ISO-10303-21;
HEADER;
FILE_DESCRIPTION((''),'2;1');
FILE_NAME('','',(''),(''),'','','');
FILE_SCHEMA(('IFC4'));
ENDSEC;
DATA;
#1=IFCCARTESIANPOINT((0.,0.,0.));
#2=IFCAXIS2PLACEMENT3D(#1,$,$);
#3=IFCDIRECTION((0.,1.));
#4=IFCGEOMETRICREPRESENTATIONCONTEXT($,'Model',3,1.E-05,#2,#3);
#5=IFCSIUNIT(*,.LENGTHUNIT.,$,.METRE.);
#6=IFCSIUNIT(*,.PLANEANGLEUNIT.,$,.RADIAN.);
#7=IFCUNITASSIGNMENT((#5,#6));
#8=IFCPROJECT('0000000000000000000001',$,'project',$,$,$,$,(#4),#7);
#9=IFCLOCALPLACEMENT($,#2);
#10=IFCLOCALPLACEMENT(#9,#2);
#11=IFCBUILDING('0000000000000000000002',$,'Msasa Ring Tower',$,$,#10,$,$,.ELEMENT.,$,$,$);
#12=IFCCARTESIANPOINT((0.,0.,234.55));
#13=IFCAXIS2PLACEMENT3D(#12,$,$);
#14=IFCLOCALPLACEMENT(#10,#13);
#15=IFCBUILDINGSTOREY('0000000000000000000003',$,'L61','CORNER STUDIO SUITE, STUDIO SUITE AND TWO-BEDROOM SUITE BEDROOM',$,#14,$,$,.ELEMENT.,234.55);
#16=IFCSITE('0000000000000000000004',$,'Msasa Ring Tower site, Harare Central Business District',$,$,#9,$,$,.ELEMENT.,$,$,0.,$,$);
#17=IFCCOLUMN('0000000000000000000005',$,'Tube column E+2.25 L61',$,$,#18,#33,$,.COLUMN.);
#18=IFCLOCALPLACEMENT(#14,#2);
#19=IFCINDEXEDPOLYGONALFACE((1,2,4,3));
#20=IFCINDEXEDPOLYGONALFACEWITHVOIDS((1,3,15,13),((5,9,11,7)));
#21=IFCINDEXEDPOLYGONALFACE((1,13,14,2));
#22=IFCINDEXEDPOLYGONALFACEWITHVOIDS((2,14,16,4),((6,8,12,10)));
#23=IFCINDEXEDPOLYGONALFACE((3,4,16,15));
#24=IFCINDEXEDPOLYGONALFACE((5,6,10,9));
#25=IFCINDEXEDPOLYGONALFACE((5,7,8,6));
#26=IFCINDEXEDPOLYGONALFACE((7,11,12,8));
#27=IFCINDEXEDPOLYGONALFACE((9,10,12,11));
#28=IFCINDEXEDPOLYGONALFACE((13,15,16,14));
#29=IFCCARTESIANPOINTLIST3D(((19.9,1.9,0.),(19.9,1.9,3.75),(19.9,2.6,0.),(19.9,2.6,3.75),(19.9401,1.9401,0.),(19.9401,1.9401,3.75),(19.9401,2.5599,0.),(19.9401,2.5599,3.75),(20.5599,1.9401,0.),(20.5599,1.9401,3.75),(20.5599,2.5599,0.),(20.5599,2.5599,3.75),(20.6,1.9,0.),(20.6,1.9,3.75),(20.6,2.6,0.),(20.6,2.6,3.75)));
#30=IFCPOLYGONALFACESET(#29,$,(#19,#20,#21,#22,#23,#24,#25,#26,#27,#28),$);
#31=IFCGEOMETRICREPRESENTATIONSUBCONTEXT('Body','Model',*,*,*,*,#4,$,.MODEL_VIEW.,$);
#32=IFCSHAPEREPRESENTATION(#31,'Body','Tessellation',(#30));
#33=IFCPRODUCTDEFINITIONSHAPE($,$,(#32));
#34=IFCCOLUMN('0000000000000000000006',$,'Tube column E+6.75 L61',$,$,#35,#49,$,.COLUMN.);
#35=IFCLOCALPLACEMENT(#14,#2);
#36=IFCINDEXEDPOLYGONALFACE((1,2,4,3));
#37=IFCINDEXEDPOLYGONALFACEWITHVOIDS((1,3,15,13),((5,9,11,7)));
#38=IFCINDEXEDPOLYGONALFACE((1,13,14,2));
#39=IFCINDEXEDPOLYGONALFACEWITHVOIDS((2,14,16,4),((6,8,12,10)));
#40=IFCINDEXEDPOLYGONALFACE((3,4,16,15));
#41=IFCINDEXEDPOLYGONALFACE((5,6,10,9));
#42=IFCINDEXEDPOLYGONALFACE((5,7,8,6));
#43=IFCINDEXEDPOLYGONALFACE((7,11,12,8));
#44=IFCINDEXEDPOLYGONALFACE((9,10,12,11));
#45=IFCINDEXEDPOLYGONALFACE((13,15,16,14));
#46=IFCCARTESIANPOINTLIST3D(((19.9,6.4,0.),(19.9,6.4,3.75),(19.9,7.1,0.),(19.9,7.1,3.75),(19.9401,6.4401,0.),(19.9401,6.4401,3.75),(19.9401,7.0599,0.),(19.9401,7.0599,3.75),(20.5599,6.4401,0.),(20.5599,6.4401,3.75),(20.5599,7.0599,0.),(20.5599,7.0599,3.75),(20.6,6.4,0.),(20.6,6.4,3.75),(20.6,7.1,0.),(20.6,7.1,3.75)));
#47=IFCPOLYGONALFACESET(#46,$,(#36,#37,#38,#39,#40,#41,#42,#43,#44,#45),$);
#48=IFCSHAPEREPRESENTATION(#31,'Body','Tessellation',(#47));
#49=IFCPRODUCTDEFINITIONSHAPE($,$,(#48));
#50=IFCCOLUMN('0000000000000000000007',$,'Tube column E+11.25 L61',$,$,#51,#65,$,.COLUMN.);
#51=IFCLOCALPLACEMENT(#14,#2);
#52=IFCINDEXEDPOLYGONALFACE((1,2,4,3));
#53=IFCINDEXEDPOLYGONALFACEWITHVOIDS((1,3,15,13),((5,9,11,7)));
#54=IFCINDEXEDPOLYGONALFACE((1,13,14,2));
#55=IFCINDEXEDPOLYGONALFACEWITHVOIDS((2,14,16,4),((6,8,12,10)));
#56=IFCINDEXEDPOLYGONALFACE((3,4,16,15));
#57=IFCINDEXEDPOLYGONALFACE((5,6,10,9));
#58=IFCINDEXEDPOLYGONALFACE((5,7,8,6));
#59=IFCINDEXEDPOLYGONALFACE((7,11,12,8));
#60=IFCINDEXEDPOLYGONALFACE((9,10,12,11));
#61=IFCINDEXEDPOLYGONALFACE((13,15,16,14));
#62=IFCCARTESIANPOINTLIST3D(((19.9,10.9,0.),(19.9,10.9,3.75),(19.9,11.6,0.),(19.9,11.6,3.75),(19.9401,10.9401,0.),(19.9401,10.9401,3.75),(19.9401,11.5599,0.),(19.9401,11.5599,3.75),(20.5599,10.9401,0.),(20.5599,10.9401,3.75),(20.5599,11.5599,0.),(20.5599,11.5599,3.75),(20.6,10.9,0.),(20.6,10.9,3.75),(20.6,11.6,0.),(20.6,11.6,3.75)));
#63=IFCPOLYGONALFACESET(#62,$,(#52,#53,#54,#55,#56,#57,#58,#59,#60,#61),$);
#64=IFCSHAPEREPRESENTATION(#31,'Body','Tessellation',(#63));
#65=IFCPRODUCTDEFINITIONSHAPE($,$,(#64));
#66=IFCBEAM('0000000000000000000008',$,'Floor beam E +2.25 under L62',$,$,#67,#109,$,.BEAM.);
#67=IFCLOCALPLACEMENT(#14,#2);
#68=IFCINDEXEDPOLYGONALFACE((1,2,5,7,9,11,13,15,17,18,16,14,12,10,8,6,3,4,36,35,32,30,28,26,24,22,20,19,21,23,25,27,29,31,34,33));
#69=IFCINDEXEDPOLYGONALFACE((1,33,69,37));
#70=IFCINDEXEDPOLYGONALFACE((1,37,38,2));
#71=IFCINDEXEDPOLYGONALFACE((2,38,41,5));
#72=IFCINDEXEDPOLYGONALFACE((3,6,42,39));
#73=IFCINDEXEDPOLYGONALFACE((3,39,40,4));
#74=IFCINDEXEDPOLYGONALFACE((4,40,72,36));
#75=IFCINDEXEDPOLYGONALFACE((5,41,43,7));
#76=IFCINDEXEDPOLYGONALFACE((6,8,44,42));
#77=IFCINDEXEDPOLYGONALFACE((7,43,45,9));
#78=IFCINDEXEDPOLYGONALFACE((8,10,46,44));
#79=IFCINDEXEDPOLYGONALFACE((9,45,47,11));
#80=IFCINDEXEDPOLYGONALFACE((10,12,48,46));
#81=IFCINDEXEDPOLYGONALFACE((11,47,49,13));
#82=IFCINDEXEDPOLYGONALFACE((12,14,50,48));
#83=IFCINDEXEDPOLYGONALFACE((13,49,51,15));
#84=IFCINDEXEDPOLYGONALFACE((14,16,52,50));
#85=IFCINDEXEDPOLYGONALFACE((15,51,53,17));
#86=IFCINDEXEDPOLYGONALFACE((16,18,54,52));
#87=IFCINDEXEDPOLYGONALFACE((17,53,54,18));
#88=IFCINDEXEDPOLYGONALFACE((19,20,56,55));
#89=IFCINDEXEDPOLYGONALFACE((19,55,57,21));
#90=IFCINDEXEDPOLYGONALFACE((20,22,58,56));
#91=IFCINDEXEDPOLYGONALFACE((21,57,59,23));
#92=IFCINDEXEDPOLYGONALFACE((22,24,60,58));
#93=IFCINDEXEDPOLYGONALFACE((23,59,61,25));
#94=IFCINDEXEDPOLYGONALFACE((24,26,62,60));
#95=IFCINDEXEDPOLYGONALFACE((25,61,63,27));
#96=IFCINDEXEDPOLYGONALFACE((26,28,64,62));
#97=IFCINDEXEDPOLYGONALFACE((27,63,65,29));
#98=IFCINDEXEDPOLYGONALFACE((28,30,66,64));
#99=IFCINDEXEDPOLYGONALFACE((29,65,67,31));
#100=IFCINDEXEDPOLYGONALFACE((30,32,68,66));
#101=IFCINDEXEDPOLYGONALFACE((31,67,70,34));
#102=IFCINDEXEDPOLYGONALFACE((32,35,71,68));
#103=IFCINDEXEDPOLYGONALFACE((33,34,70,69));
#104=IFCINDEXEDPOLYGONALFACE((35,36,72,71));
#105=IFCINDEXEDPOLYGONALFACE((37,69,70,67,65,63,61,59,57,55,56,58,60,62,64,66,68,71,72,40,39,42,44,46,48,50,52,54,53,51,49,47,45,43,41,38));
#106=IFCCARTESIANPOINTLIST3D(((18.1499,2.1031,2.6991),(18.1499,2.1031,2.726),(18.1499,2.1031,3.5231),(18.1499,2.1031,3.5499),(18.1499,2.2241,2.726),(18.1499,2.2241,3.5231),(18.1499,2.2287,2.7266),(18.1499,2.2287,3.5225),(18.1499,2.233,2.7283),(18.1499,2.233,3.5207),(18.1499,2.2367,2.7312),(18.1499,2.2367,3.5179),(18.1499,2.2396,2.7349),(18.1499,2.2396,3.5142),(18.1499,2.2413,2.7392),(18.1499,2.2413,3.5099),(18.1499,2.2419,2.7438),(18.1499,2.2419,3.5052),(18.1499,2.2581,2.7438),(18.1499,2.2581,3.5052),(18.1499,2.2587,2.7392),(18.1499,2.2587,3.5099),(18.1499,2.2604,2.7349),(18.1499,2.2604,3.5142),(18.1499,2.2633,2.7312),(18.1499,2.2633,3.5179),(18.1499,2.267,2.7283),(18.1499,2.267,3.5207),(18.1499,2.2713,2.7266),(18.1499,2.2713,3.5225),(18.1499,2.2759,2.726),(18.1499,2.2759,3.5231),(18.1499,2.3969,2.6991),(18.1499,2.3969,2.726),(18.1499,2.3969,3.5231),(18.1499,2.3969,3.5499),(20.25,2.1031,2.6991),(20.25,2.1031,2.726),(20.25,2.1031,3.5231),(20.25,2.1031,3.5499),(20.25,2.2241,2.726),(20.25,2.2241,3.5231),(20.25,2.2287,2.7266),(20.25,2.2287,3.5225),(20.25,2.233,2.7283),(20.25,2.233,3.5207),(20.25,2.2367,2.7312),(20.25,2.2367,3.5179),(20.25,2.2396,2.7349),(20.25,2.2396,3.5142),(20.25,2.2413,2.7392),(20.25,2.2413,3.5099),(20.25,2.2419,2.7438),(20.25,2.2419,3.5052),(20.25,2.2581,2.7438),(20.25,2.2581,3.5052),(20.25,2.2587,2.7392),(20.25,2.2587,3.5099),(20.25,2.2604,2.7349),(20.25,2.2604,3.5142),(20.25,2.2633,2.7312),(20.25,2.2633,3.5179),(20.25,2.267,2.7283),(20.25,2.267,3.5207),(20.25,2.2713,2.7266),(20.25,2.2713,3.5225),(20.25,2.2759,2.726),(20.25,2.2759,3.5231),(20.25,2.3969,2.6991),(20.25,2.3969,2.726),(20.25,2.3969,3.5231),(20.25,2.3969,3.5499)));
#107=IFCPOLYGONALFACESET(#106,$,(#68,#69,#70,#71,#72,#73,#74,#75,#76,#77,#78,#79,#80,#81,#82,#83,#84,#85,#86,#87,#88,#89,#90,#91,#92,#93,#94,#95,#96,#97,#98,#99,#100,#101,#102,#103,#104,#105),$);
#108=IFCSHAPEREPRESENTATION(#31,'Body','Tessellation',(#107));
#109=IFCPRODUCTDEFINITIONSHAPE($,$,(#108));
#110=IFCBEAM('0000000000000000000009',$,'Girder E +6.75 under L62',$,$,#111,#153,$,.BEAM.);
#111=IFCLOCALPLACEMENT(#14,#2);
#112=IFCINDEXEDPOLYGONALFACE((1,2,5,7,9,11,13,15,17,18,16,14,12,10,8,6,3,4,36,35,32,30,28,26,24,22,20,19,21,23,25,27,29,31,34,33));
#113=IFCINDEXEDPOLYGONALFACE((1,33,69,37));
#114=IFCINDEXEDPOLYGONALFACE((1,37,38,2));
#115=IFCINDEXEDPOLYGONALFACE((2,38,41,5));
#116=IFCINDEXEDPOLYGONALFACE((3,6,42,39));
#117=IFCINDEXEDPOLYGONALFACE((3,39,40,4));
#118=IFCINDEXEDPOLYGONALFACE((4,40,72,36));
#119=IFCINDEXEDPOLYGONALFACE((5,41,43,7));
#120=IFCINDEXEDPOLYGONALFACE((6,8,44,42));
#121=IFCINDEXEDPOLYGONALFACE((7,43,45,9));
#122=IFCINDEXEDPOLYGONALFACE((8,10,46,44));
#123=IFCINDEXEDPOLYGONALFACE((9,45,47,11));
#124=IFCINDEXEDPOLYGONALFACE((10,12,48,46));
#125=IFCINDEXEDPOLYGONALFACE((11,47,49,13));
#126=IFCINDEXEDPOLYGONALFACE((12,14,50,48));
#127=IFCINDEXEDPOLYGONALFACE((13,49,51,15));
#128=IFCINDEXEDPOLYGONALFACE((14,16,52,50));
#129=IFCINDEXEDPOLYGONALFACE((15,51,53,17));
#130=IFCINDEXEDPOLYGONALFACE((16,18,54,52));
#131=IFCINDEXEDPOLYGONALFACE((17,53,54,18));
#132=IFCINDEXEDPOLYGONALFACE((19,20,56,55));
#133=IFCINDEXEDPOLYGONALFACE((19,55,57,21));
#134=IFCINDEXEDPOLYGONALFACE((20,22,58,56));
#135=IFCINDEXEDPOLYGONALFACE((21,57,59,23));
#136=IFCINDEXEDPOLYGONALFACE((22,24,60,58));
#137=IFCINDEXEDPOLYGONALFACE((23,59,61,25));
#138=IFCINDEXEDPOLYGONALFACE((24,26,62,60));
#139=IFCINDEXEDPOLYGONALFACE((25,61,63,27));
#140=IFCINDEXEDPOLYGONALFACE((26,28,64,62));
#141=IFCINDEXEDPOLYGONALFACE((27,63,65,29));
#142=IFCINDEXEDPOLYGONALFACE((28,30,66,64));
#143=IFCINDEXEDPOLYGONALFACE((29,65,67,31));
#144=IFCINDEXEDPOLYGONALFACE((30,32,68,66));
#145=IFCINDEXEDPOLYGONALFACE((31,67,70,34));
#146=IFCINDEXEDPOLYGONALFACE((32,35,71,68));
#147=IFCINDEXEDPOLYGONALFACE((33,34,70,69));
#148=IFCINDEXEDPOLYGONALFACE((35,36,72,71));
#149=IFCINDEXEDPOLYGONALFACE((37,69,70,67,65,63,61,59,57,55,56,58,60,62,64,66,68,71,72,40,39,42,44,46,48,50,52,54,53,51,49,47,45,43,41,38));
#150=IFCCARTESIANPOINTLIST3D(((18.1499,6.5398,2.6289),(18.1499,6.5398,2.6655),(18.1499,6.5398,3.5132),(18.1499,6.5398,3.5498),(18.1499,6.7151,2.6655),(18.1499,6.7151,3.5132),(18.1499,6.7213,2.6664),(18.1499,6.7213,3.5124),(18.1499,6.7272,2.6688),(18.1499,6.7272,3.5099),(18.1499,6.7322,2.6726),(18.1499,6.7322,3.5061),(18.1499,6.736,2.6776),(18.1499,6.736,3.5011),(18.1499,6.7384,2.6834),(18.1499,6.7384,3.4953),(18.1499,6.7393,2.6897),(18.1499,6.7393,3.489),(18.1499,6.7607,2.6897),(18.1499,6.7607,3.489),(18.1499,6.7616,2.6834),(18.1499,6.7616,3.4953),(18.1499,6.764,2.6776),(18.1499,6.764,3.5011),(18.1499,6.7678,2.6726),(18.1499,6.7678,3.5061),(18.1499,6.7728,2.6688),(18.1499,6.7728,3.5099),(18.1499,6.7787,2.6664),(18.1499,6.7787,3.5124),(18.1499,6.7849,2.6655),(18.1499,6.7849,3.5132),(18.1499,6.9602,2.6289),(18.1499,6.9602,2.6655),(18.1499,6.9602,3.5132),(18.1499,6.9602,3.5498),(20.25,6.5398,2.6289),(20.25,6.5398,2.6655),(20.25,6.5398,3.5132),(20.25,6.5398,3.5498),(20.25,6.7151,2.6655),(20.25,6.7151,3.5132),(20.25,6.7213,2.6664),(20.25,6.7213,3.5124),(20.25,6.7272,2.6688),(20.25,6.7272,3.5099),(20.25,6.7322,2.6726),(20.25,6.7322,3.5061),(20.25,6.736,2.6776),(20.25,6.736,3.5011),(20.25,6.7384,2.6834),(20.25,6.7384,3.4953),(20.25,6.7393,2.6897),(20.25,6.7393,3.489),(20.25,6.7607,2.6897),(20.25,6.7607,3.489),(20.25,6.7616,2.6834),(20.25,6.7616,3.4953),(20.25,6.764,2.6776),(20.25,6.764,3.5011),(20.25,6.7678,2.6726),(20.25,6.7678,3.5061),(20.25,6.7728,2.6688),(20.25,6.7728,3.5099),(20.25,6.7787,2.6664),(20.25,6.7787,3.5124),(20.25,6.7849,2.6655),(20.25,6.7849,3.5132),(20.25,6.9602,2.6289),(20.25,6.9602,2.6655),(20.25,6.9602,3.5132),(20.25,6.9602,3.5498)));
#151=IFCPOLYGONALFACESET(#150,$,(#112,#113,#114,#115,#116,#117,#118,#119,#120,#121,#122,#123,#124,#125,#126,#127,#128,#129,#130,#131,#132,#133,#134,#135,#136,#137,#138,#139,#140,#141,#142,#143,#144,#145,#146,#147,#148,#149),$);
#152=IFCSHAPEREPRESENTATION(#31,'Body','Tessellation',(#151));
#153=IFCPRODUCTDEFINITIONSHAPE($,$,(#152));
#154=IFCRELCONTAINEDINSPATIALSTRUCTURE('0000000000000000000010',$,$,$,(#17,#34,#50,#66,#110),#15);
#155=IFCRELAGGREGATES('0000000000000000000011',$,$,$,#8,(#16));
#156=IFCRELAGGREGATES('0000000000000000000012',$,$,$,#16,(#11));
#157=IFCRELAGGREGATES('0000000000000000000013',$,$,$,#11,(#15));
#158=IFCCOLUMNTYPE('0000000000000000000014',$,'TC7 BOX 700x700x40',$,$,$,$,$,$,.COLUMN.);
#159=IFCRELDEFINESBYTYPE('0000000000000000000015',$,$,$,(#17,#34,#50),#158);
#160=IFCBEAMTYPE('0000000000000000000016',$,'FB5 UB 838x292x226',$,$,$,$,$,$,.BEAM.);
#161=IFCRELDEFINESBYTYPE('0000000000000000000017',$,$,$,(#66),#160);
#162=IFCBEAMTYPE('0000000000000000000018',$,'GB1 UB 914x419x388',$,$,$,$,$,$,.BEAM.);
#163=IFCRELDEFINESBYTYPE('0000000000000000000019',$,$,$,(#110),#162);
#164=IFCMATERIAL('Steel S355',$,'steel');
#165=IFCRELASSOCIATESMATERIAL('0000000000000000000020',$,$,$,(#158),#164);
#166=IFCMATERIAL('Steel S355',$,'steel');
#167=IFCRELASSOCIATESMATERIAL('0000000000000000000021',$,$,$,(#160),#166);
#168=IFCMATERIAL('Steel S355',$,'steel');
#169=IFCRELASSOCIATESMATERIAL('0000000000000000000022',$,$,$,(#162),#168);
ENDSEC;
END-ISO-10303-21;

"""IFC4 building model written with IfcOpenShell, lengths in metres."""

from ifc_helpers import new_model, si_unit, direction, frame, origin, origin_2d, place, context, subcontext, project, spatial, hollow_rectangle, i_section, extrude, material, material_profile, profile_set, type_object, element, save


model = new_model("IFC4")

# Units and contexts
model_context = context("Model", 3, precision=1e-05, world=origin(), true_north=direction((0.0, 1.0)))
body_context = subcontext(model_context, "Body", "Model", "MODEL_VIEW")
ifc_project = project(units=[si_unit("LENGTHUNIT", "METRE"), si_unit("PLANEANGLEUNIT", "RADIAN")], contexts=[model_context])

# Site, building, storey
site_placement = place(None, origin())
site = spatial("IfcSite", under=ifc_project, at=site_placement, Name="Msasa Ring Tower site, Harare Central Business District", CompositionType="ELEMENT", RefElevation=0.0)
building_placement = place(site_placement, origin())
building = spatial("IfcBuilding", under=site, at=building_placement, Name="Msasa Ring Tower", CompositionType="ELEMENT")
storey_placement = place(building_placement, frame((0.0, 0.0, 234.55)))
storey = spatial("IfcBuildingStorey", under=building, at=storey_placement, Name="L61", Description="CORNER STUDIO SUITE, STUDIO SUITE AND TWO-BEDROOM SUITE BEDROOM", CompositionType="ELEMENT", Elevation=234.55)

# Columns
ifc_material_1 = material(Name="Steel S355", Category="steel")
ifc_material_profile_1 = material_profile(ifc_material_1, hollow_rectangle(XDim=0.7, YDim=0.7, WallThickness=0.04, at=origin_2d()), Name="BOX 700x700x40")
ifc_profile_set_1 = profile_set([ifc_material_profile_1], Name="Steel S355")
column_type = type_object("IfcColumnType", Name="TC7 BOX 700x700x40", PredefinedType="COLUMN", material=ifc_profile_set_1)
for number, where, z_axis, x_axis, name in (
    (1, (20.25, 2.25, 0.0), (0.0, 0.0, 1.0), (1.0, 0.0, 0.0), "Tube column E+2.25 L61"),
    (2, (20.25, 6.75, 0.0), (0.0, 0.0, 1.0), (1.0, 0.0, 0.0), "Tube column E+6.75 L61"),
    (3, (20.25, 11.25, 0.0), (0.0, 0.0, 1.0), (1.0, 0.0, 0.0), "Tube column E+11.25 L61"),
):
    element("IfcColumn", number, at=place(storey_placement, frame(where, z_axis=z_axis, x_axis=x_axis)), inside=storey, type_object=column_type, Name=name, PredefinedType="COLUMN", context=body_context, shape_type="SweptSolid", body=[
        extrude(hollow_rectangle(XDim=0.7, YDim=0.7, WallThickness=0.04, at=origin_2d()), origin(), (0.0, 0.0, 1.0), 3.75),
    ])

# Beams
ifc_material_2 = material(Name="Steel S355", Category="steel")
ifc_material_profile_2 = material_profile(ifc_material_2, i_section(OverallWidth=0.2937, OverallDepth=0.8508, WebThickness=0.0161, FlangeThickness=0.0269, FilletRadius=0.0178, at=origin_2d()), Name="UB 838x292x226")
ifc_profile_set_2 = profile_set([ifc_material_profile_2], Name="Steel S355")
beam_type_1 = type_object("IfcBeamType", Name="FB5 UB 838x292x226", PredefinedType="BEAM", material=ifc_profile_set_2)
beam_1_placement = place(storey_placement, frame((20.25, 2.25, 3.1245), z_axis=(-1.0, 0.0, 0.0), x_axis=(0.0, -1.0, 0.0)))
element("IfcBeam", 4, at=beam_1_placement, inside=storey, type_object=beam_type_1, Name="Floor beam E +2.25 under L62", PredefinedType="BEAM", context=body_context, shape_type="SweptSolid", body=[
    extrude(i_section(OverallWidth=0.2937, OverallDepth=0.8508, WebThickness=0.0161, FlangeThickness=0.0269, FilletRadius=0.0178, at=origin_2d()), origin(), (0.0, 0.0, 1.0), 2.1001),
])
ifc_material_3 = material(Name="Steel S355", Category="steel")
ifc_material_profile_3 = material_profile(ifc_material_3, i_section(OverallWidth=0.4204, OverallDepth=0.9209, WebThickness=0.0215, FlangeThickness=0.0366, FilletRadius=0.0242, at=origin_2d()), Name="UB 914x419x388")
ifc_profile_set_3 = profile_set([ifc_material_profile_3], Name="Steel S355")
beam_type_2 = type_object("IfcBeamType", Name="GB1 UB 914x419x388", PredefinedType="BEAM", material=ifc_profile_set_3)
beam_2_placement = place(storey_placement, frame((18.1499, 6.75, 3.0894), z_axis=(1.0, 0.0, 0.0), x_axis=(0.0, 1.0, 0.0)))
element("IfcBeam", 5, at=beam_2_placement, inside=storey, type_object=beam_type_2, Name="Girder E +6.75 under L62", PredefinedType="BEAM", context=body_context, shape_type="SweptSolid", body=[
    extrude(i_section(OverallWidth=0.4204, OverallDepth=0.9209, WebThickness=0.0215, FlangeThickness=0.0366, FilletRadius=0.0242, at=origin_2d()), origin(), (0.0, 0.0, 1.0), 2.1001),
])

save(model, "model.ifc")
